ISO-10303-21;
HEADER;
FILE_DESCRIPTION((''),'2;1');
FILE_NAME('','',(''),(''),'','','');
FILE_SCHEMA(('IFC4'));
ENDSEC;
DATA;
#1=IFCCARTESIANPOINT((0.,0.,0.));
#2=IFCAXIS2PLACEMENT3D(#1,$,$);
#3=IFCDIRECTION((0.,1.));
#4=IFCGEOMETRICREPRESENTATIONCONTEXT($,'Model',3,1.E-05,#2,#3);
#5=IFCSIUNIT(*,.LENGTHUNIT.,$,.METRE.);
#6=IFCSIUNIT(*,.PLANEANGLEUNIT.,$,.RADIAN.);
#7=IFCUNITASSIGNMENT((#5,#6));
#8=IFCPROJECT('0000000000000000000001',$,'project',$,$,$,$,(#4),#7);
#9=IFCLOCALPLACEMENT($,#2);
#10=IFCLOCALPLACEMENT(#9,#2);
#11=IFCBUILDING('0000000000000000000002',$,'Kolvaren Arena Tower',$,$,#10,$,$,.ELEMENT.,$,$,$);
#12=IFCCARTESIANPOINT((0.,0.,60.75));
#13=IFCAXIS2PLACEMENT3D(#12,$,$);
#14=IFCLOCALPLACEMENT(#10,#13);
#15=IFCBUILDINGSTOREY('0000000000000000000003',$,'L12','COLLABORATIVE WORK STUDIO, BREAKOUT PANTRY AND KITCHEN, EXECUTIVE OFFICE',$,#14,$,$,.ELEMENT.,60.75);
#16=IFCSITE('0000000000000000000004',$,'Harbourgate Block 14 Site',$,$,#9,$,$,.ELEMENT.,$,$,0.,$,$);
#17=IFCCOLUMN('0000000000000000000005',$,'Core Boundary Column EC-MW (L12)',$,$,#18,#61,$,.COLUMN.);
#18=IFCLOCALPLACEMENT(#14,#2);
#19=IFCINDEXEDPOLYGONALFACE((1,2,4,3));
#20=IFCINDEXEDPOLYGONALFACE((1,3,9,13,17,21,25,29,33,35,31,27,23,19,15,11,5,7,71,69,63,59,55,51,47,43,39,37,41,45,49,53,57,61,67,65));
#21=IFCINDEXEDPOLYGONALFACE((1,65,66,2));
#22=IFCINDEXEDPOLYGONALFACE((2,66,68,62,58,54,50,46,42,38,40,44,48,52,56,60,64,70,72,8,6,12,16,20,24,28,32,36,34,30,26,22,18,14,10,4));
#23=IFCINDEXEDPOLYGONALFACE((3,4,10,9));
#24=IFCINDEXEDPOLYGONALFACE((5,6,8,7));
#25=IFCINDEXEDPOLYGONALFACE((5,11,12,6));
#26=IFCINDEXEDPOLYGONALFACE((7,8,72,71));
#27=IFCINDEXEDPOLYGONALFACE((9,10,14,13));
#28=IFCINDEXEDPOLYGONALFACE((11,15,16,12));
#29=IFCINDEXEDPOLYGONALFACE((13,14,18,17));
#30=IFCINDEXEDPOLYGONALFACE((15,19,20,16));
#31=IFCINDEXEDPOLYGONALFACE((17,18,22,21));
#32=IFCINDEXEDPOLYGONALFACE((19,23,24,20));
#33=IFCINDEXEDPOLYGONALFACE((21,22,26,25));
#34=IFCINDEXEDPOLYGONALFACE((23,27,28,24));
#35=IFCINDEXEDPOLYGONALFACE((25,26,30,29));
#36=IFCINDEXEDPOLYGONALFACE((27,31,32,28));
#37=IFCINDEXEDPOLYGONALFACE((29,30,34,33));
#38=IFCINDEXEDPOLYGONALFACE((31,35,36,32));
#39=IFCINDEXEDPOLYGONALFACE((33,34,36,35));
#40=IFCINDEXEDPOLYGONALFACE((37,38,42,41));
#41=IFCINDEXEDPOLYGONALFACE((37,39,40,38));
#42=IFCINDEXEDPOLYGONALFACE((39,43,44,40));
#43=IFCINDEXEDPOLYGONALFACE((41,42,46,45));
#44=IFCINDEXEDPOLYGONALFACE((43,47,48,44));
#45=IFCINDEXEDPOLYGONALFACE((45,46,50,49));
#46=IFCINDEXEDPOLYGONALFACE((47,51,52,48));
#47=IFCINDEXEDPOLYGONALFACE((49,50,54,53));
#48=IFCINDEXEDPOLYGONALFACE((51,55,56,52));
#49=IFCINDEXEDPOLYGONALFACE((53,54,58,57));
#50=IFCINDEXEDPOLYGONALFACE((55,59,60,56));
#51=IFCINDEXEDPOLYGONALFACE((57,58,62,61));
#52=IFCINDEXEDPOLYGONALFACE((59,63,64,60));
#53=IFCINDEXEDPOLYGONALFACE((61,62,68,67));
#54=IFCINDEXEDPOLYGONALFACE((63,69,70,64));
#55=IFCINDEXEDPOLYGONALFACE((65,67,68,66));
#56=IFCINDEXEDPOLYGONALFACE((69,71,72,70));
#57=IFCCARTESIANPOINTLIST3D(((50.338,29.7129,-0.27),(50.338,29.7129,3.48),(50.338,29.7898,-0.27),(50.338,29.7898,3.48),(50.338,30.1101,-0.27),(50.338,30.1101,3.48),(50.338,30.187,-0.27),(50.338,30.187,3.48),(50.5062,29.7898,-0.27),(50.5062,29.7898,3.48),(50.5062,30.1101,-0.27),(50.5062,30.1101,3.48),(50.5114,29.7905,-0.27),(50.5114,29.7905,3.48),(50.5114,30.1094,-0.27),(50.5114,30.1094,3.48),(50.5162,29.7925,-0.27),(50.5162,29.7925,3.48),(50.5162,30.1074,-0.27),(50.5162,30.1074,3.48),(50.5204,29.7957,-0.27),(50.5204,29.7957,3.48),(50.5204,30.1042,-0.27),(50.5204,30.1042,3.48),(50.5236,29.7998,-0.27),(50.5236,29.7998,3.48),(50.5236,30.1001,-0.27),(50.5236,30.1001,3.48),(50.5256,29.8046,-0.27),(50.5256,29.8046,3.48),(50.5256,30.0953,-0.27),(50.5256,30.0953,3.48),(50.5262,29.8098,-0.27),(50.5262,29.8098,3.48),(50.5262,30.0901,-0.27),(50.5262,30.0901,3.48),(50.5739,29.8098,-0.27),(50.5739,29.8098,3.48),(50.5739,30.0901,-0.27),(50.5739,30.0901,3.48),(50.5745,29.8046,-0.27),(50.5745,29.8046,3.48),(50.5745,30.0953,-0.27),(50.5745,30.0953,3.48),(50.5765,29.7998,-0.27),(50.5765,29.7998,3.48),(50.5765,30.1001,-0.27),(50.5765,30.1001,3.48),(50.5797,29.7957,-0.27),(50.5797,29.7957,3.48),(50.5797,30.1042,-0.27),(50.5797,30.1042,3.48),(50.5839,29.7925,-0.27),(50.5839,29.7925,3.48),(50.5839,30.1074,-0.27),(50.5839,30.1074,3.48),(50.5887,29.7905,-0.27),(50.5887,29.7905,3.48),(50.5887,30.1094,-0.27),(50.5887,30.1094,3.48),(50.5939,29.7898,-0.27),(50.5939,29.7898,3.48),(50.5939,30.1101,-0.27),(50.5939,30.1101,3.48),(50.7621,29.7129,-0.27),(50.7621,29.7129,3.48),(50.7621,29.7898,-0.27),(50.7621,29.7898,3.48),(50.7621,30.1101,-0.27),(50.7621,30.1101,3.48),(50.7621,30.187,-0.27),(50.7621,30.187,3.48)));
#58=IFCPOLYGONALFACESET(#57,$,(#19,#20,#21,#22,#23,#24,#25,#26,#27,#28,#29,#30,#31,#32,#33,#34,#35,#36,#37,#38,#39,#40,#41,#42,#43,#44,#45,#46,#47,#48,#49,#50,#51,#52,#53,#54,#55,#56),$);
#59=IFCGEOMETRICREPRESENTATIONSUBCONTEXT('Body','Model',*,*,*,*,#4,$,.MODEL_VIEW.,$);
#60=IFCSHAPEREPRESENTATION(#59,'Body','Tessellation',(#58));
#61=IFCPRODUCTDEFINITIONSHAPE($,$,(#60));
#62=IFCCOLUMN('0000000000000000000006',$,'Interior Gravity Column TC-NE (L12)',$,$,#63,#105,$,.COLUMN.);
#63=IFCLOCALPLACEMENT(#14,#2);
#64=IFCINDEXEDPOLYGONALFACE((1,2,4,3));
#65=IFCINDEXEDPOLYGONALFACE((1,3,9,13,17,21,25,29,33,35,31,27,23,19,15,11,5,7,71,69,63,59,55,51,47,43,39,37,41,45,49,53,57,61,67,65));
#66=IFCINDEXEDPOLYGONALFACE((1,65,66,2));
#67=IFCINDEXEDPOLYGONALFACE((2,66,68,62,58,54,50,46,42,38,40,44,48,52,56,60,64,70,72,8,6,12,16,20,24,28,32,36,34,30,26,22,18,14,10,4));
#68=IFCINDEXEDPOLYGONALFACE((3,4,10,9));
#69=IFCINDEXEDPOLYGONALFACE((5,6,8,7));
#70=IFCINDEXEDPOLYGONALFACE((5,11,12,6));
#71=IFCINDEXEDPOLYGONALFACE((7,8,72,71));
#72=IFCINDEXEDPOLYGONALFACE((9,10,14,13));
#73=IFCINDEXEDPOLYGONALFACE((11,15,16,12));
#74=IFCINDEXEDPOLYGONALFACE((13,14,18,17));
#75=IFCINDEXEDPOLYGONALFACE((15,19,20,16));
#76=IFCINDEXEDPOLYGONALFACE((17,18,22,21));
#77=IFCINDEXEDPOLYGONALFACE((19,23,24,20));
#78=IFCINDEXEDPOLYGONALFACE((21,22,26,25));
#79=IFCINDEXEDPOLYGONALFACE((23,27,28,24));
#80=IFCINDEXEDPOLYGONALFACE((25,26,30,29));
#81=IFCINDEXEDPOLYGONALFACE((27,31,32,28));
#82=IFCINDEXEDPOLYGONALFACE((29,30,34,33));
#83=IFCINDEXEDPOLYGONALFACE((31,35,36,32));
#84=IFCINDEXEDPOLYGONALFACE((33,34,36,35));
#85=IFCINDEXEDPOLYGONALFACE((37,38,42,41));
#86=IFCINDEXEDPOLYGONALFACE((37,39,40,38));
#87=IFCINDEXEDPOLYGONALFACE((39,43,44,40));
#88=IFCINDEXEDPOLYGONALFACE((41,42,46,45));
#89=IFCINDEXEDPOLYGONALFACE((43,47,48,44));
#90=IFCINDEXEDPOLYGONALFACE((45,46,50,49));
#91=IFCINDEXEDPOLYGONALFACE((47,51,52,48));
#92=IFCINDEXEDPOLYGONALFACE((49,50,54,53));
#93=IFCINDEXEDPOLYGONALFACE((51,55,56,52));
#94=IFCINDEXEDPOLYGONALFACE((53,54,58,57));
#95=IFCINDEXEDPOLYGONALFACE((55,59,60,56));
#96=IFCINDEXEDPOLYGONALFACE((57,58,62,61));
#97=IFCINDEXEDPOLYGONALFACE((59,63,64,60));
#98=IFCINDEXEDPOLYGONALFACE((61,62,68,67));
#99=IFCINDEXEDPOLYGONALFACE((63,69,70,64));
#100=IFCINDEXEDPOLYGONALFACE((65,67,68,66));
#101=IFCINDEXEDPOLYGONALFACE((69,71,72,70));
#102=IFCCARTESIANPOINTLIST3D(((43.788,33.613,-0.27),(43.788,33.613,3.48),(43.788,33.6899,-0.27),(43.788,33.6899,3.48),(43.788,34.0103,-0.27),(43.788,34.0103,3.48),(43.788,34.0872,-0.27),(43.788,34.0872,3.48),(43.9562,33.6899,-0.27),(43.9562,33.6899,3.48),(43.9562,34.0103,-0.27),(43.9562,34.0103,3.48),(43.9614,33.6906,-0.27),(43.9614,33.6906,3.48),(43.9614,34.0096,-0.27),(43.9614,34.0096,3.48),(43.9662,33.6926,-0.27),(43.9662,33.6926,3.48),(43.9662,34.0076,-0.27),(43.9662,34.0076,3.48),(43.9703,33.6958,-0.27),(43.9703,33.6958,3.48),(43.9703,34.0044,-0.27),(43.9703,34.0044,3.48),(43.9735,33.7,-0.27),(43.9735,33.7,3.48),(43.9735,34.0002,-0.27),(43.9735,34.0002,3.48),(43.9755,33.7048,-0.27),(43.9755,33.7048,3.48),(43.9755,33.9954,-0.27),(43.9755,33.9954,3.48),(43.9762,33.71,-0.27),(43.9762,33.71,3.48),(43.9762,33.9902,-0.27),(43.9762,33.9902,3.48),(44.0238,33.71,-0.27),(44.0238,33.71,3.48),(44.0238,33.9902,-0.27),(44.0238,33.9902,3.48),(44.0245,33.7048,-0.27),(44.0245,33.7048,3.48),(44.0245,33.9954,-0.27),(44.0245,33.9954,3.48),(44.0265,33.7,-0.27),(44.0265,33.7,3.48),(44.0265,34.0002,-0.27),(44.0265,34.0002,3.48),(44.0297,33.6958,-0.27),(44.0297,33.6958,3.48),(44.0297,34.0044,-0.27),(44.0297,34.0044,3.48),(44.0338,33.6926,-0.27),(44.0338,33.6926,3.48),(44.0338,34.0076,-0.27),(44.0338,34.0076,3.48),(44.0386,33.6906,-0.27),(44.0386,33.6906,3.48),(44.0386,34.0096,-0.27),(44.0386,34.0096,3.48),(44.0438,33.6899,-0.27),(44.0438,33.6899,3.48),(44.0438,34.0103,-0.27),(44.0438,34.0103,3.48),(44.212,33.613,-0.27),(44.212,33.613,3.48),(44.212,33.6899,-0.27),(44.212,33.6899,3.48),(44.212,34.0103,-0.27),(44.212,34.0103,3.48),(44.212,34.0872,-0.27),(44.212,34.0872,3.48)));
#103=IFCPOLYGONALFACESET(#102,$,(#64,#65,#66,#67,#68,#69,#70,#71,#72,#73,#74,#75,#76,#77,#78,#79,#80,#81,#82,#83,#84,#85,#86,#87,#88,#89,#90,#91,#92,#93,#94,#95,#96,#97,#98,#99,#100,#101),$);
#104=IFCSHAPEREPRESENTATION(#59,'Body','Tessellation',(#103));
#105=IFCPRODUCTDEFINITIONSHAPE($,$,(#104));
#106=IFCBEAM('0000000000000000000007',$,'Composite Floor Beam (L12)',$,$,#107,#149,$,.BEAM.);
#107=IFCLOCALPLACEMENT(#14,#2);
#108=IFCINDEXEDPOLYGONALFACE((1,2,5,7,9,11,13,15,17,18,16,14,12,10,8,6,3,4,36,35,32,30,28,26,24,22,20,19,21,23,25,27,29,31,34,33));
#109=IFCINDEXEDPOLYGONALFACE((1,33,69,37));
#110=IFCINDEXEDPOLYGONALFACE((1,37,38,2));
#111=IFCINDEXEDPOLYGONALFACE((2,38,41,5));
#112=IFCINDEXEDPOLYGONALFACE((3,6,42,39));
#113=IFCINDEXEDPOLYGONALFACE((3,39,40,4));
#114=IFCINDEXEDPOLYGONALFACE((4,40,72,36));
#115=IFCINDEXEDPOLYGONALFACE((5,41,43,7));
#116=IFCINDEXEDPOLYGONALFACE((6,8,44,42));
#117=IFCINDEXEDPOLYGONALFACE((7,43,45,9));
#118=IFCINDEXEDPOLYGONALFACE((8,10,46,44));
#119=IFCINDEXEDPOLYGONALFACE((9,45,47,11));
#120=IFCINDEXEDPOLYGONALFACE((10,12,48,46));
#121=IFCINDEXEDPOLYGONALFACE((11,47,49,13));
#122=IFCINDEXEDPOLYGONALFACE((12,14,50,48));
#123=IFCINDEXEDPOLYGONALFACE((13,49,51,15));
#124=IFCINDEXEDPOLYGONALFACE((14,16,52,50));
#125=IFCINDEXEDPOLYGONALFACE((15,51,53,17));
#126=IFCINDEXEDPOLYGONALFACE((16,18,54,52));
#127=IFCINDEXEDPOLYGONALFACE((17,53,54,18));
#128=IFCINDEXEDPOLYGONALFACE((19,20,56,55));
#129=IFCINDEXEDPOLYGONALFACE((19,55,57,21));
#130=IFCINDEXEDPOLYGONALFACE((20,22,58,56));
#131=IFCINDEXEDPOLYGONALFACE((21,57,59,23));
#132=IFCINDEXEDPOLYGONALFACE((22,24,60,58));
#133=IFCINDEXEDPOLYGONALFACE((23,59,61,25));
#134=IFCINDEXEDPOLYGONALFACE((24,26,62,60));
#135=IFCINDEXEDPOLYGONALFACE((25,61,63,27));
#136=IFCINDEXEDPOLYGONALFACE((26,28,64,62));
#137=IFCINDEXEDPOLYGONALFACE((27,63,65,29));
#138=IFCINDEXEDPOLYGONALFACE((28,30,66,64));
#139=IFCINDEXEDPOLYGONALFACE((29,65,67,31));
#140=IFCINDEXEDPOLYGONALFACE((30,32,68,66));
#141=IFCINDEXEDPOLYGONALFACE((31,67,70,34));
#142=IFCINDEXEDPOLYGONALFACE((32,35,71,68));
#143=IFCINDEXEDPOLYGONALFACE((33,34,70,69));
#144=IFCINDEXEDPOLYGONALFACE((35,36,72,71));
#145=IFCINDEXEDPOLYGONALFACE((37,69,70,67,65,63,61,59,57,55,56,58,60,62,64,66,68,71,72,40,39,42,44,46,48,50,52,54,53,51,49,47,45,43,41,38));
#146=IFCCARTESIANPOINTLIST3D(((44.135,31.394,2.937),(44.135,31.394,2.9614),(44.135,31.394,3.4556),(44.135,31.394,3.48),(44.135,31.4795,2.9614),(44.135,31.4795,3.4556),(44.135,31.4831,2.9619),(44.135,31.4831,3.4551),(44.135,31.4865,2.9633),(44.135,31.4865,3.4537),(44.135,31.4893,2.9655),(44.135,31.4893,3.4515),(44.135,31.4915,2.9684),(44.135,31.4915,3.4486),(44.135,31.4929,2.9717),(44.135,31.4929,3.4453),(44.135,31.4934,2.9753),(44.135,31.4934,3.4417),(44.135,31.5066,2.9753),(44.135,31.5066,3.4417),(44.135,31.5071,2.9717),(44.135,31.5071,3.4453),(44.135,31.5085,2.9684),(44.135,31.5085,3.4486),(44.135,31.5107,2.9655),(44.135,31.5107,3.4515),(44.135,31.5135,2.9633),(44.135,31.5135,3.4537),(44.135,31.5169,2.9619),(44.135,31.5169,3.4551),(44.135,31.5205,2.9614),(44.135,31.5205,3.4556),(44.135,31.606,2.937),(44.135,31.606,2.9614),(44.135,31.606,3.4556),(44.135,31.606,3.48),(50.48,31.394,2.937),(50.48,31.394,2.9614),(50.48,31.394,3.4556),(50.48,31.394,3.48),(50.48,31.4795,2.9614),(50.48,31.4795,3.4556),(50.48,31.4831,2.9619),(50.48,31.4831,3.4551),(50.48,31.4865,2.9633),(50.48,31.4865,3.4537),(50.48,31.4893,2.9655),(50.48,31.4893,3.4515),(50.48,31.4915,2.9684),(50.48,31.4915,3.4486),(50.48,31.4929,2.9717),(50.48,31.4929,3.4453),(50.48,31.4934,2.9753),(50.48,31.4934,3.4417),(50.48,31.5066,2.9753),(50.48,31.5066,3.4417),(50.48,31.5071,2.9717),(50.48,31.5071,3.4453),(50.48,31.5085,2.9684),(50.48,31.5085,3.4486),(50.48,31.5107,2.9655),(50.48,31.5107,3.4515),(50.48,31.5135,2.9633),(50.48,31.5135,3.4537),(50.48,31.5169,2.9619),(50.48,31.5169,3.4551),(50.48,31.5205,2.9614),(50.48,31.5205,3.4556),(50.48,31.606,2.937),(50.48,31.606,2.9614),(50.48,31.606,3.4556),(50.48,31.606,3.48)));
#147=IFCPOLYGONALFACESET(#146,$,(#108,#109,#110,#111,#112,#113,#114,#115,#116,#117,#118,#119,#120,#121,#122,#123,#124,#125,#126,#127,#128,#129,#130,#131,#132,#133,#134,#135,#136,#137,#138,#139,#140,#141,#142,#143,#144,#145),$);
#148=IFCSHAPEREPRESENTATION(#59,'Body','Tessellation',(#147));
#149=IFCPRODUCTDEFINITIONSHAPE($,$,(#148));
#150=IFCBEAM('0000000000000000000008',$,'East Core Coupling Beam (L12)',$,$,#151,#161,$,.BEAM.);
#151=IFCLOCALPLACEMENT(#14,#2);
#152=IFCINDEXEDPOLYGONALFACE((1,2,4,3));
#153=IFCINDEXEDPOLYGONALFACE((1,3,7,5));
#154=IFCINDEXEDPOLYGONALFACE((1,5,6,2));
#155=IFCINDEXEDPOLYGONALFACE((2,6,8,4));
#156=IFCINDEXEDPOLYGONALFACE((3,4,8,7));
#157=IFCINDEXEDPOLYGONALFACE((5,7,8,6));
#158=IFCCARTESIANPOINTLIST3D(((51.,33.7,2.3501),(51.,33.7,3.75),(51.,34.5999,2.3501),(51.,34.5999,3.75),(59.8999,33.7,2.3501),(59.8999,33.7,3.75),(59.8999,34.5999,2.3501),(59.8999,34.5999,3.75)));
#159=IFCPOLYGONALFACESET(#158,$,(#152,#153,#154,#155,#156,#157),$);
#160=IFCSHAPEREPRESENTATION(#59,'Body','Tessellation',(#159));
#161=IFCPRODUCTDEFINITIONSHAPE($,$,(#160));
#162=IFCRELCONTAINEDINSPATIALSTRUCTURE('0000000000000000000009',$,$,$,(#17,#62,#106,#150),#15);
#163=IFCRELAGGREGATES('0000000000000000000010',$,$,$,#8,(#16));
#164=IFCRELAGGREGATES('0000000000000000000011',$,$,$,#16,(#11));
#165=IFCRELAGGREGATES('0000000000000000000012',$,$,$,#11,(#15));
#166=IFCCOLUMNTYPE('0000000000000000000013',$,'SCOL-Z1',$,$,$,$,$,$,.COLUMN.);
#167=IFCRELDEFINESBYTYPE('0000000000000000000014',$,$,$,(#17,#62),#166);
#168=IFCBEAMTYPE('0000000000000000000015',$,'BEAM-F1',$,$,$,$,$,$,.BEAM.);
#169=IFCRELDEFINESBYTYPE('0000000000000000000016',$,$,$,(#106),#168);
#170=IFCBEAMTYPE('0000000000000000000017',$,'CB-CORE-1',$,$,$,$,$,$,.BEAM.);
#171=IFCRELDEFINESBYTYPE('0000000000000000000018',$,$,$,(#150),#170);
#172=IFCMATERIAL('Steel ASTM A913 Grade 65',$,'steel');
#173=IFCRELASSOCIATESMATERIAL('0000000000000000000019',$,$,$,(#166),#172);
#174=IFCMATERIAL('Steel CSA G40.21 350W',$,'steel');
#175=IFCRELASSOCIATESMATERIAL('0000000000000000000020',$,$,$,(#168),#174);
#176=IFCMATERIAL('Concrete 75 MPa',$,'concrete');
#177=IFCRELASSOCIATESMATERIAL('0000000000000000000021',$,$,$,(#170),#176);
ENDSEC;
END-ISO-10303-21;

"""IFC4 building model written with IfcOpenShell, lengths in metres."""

from ifc_helpers import new_model, si_unit, direction, frame, origin, origin_2d, place, context, subcontext, project, spatial, rectangle, i_section, extrude, material, material_profile, profile_set, type_object, element, save


model = new_model("IFC4")

# Units and contexts
model_context = context("Model", 3, precision=1e-05, world=origin(), true_north=direction((0.0, 1.0)))
body_context = subcontext(model_context, "Body", "Model", "MODEL_VIEW")
ifc_project = project(units=[si_unit("LENGTHUNIT", "METRE"), si_unit("PLANEANGLEUNIT", "RADIAN")], contexts=[model_context])

# Site, building, storey
site_placement = place(None, origin())
site = spatial("IfcSite", under=ifc_project, at=site_placement, Name="Harbourgate Block 14 Site", CompositionType="ELEMENT", RefElevation=0.0)
building_placement = place(site_placement, origin())
building = spatial("IfcBuilding", under=site, at=building_placement, Name="Kolvaren Arena Tower", CompositionType="ELEMENT")
storey_placement = place(building_placement, frame((0.0, 0.0, 60.75)))
storey = spatial("IfcBuildingStorey", under=building, at=storey_placement, Name="L12", Description="COLLABORATIVE WORK STUDIO, BREAKOUT PANTRY AND KITCHEN, EXECUTIVE OFFICE", CompositionType="ELEMENT", Elevation=60.75)

# Columns
ifc_material_1 = material(Name="Steel ASTM A913 Grade 65", Category="steel")
ifc_material_profile_1 = material_profile(ifc_material_1, i_section(OverallWidth=0.4241, OverallDepth=0.4741, WebThickness=0.0476, FlangeThickness=0.0769, FilletRadius=0.02, at=origin_2d()), Name="W360x634")
ifc_profile_set_1 = profile_set([ifc_material_profile_1], Name="Steel ASTM A913 Grade 65")
column_type = type_object("IfcColumnType", Name="SCOL-Z1", PredefinedType="COLUMN", material=ifc_profile_set_1)
for number, where, z_axis, x_axis, name in (
    (1, (50.55, 29.95, -0.27), (0.0, 0.0, 1.0), (1.0, 0.0, 0.0), "Core Boundary Column EC-MW (L12)"),
    (2, (44.0, 33.8501, -0.27), (0.0, 0.0, 1.0), (1.0, 0.0, 0.0), "Interior Gravity Column TC-NE (L12)"),
):
    element("IfcColumn", number, at=place(storey_placement, frame(where, z_axis=z_axis, x_axis=x_axis)), inside=storey, type_object=column_type, Name=name, PredefinedType="COLUMN", context=body_context, shape_type="SweptSolid", body=[
        extrude(i_section(OverallWidth=0.4241, OverallDepth=0.4741, WebThickness=0.0476, FlangeThickness=0.0769, FilletRadius=0.02, at=origin_2d()), origin(), (0.0, 0.0, 1.0), 3.75),
    ])

# Beams
ifc_material_2 = material(Name="Steel CSA G40.21 350W", Category="steel")
ifc_material_profile_2 = material_profile(ifc_material_2, i_section(OverallWidth=0.2119, OverallDepth=0.543, WebThickness=0.0132, FlangeThickness=0.0244, FilletRadius=0.0139, at=origin_2d()), Name="W530x150")
ifc_profile_set_2 = profile_set([ifc_material_profile_2], Name="Steel CSA G40.21 350W")
beam_type_1 = type_object("IfcBeamType", Name="BEAM-F1", PredefinedType="BEAM", material=ifc_profile_set_2)
beam_1_placement = place(storey_placement, frame((44.135, 31.5, 3.2085), z_axis=(1.0, 0.0, 0.0), x_axis=(0.0, 1.0, 0.0)))
element("IfcBeam", 3, at=beam_1_placement, inside=storey, type_object=beam_type_1, Name="Composite Floor Beam (L12)", PredefinedType="BEAM", context=body_context, shape_type="SweptSolid", body=[
    extrude(i_section(OverallWidth=0.2119, OverallDepth=0.543, WebThickness=0.0132, FlangeThickness=0.0244, FilletRadius=0.0139, at=origin_2d()), origin(), (0.0, 0.0, 1.0), 6.345),
])
ifc_material_3 = material(Name="Concrete 75 MPa", Category="concrete")
ifc_material_profile_3 = material_profile(ifc_material_3, rectangle(XDim=0.8999, YDim=1.3999, at=origin_2d()), Name="RC-900x1400")
ifc_profile_set_3 = profile_set([ifc_material_profile_3], Name="Concrete 75 MPa")
beam_type_2 = type_object("IfcBeamType", Name="CB-CORE-1", PredefinedType="BEAM", material=ifc_profile_set_3)
beam_2_placement = place(storey_placement, frame((51.0, 34.1499, 3.05), z_axis=(1.0, 0.0, 0.0), x_axis=(0.0, 1.0, 0.0)))
element("IfcBeam", 4, at=beam_2_placement, inside=storey, type_object=beam_type_2, Name="East Core Coupling Beam (L12)", PredefinedType="BEAM", context=body_context, shape_type="SweptSolid", body=[
    extrude(rectangle(XDim=0.8999, YDim=1.3999, at=origin_2d()), origin(), (0.0, 0.0, 1.0), 8.8999),
])

save(model, "model.ifc")
